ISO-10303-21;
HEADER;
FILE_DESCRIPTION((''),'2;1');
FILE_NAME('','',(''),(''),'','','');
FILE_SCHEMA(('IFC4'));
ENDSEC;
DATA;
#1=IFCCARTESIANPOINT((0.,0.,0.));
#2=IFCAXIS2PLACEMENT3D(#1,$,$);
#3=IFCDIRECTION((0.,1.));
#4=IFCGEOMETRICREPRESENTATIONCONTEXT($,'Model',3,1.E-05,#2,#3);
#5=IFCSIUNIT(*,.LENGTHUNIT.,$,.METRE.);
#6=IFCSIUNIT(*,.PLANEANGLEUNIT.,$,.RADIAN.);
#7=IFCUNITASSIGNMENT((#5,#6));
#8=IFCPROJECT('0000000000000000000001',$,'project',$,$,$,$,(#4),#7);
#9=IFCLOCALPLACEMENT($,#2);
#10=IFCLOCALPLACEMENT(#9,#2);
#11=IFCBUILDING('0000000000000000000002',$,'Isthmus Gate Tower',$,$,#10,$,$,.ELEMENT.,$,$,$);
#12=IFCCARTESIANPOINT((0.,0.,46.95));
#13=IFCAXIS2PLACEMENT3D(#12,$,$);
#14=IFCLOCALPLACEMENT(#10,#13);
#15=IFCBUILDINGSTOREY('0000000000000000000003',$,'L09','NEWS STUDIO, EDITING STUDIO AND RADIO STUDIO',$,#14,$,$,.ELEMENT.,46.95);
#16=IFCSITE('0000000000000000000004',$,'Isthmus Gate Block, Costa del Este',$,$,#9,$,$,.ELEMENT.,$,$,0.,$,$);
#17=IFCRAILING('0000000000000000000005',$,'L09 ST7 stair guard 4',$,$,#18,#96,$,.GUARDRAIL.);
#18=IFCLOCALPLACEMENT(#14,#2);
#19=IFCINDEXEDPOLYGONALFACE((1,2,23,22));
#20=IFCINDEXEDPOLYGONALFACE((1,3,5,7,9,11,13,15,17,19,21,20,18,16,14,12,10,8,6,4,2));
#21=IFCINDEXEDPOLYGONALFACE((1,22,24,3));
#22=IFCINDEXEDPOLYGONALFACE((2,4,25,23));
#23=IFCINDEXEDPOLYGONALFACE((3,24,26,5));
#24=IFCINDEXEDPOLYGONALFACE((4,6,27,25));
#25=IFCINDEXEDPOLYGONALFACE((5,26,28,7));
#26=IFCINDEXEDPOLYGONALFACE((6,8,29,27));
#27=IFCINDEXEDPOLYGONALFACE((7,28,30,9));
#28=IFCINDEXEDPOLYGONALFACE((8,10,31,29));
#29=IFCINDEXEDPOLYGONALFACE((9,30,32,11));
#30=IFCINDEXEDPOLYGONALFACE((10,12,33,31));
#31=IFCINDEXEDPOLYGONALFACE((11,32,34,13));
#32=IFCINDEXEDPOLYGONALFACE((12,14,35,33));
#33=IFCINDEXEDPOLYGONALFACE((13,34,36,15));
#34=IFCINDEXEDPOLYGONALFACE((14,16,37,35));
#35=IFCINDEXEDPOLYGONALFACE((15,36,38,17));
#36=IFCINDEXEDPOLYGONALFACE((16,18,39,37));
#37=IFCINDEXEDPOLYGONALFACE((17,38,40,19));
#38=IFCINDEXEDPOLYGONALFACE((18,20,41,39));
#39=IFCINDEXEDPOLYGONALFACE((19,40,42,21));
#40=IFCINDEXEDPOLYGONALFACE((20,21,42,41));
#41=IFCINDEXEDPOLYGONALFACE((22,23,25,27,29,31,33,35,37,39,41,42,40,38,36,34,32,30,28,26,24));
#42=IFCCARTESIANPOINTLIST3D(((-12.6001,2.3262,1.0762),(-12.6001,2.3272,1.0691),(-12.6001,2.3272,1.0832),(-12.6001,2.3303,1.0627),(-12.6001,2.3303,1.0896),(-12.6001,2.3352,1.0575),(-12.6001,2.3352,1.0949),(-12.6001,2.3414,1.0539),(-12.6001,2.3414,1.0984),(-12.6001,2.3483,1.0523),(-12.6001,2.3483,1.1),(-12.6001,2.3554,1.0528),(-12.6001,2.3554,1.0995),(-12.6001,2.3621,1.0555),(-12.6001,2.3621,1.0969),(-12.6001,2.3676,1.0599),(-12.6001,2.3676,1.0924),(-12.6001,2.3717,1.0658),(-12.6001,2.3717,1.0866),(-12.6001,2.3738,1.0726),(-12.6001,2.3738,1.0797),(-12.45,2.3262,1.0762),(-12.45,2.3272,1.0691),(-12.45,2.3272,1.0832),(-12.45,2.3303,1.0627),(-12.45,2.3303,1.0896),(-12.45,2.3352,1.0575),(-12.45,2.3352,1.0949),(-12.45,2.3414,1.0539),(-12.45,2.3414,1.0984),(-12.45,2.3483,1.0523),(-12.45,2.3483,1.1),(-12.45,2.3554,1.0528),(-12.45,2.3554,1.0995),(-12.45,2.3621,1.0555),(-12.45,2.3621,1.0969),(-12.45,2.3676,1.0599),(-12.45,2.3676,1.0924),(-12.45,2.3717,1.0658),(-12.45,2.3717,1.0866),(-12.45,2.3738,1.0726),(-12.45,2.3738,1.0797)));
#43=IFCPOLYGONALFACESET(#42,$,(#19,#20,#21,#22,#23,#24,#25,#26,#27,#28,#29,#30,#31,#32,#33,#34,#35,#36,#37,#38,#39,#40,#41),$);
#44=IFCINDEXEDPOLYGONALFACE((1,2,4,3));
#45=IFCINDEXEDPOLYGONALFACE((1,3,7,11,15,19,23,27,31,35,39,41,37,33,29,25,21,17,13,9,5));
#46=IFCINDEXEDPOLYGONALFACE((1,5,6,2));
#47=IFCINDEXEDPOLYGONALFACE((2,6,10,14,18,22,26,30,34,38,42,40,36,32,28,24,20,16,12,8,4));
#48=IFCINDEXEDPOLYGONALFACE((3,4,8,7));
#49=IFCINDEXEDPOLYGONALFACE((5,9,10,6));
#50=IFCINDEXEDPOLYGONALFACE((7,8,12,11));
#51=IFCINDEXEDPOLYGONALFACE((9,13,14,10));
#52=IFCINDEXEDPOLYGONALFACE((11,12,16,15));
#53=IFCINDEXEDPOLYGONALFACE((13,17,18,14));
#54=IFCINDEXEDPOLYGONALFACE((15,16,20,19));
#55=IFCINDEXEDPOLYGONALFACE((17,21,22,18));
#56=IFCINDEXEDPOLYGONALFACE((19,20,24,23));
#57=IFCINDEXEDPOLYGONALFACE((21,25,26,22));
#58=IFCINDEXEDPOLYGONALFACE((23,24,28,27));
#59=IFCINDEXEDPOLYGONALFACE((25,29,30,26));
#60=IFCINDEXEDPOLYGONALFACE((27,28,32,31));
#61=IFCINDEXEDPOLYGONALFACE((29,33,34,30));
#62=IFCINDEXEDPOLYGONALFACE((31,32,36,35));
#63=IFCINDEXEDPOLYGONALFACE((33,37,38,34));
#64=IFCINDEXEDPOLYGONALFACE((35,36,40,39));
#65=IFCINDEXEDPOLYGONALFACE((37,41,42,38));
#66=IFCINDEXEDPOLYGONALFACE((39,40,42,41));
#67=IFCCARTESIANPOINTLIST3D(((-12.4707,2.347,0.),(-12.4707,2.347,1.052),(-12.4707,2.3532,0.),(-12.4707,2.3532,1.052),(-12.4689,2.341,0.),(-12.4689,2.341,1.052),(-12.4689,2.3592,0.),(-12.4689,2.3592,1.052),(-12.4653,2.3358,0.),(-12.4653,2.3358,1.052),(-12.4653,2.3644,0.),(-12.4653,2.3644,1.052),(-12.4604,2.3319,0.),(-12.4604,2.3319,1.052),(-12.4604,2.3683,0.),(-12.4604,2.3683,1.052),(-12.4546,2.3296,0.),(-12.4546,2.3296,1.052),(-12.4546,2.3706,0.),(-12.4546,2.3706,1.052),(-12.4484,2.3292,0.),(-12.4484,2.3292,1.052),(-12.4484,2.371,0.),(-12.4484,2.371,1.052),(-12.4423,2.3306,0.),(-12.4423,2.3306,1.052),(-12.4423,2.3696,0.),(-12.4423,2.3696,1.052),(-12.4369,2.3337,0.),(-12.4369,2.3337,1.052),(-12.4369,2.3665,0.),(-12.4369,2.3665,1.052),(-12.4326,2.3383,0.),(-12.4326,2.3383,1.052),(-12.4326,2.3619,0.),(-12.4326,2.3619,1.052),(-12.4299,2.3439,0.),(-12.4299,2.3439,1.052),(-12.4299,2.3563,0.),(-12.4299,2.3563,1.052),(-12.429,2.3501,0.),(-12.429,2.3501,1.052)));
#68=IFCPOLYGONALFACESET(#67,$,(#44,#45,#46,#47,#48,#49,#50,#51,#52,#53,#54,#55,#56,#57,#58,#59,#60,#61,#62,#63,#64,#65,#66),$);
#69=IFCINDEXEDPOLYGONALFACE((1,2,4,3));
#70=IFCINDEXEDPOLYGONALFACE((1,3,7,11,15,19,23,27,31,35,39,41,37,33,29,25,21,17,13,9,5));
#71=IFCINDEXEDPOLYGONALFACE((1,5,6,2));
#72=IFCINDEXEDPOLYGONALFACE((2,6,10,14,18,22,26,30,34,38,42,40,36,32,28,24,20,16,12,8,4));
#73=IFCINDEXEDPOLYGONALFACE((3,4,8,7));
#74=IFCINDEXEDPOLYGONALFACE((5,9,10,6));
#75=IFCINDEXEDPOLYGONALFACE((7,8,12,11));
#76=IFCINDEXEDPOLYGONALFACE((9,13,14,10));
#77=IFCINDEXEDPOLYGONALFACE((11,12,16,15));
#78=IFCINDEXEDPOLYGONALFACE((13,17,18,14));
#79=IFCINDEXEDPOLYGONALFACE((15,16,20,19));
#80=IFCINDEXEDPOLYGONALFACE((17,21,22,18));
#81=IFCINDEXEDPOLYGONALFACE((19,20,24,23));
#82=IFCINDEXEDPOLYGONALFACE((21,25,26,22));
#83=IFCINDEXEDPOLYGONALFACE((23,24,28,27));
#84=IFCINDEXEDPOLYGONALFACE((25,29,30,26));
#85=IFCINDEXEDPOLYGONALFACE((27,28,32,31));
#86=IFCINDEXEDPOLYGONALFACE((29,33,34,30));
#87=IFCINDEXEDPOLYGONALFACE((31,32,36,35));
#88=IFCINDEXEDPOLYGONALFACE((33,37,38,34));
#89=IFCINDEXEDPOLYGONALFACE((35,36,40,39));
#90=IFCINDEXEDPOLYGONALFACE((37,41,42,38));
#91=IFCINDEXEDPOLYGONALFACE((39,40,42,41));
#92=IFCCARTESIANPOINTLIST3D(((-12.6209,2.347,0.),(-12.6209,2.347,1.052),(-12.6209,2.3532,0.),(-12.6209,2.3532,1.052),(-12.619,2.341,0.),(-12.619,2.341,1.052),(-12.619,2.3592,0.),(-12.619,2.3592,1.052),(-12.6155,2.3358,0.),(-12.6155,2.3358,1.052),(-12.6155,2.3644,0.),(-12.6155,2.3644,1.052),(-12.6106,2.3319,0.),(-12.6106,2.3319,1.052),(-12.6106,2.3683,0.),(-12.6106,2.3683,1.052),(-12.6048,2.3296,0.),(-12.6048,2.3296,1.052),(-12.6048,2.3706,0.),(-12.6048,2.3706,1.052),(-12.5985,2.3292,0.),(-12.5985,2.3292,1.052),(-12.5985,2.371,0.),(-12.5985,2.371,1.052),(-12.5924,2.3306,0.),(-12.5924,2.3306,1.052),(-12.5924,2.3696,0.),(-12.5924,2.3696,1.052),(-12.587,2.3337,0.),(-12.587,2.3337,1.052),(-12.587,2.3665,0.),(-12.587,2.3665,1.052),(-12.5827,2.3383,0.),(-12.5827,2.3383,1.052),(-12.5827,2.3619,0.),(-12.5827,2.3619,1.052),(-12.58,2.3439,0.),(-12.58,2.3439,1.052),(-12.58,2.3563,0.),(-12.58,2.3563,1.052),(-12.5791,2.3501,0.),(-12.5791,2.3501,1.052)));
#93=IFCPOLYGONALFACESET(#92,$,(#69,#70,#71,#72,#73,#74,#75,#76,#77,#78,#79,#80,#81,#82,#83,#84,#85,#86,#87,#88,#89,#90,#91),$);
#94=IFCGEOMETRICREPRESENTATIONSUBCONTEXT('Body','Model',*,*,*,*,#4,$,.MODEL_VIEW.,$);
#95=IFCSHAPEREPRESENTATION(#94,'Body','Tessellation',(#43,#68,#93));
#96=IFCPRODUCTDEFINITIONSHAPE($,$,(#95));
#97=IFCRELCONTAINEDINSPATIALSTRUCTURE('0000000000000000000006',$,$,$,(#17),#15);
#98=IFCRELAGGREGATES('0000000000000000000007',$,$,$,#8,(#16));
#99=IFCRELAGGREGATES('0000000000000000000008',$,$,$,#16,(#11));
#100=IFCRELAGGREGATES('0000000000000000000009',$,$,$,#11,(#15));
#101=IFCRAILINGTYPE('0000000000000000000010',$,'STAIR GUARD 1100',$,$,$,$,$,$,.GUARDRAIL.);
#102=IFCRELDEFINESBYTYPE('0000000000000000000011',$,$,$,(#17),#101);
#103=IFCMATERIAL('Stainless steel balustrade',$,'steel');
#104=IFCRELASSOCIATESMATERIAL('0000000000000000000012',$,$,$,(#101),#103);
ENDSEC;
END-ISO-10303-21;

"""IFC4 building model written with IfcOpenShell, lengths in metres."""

from ifc_helpers import new_model, si_unit, direction, frame, origin, origin_2d, place, context, subcontext, project, spatial, circle, extrude, material, type_object, element, save


model = new_model("IFC4")

# Units and contexts
model_context = context("Model", 3, precision=1e-05, world=origin(), true_north=direction((0.0, 1.0)))
body_context = subcontext(model_context, "Body", "Model", "MODEL_VIEW")
ifc_project = project(units=[si_unit("LENGTHUNIT", "METRE"), si_unit("PLANEANGLEUNIT", "RADIAN")], contexts=[model_context])

# Site, building, storey
site_placement = place(None, origin())
site = spatial("IfcSite", under=ifc_project, at=site_placement, Name="Isthmus Gate Block, Costa del Este", CompositionType="ELEMENT", RefElevation=0.0)
building_placement = place(site_placement, origin())
building = spatial("IfcBuilding", under=site, at=building_placement, Name="Isthmus Gate Tower", CompositionType="ELEMENT")
storey_placement = place(building_placement, frame((0.0, 0.0, 46.95)))
storey = spatial("IfcBuildingStorey", under=building, at=storey_placement, Name="L09", Description="NEWS STUDIO, EDITING STUDIO AND RADIO STUDIO", CompositionType="ELEMENT", Elevation=46.95)

# Railing
ifc_material_1 = material(Name="Stainless steel balustrade", Category="steel")
railing_type_1 = type_object("IfcRailingType", Name="STAIR GUARD 1100", PredefinedType="GUARDRAIL", material=ifc_material_1)
railing_1_placement = place(storey_placement, frame((-12.45, 2.3501, 0.0)))
element("IfcRailing", 1, at=railing_1_placement, inside=storey, type_object=railing_type_1, Name="L09 ST7 stair guard 4", PredefinedType="GUARDRAIL", context=body_context, shape_type="SweptSolid", body=[
    extrude(circle(Radius=0.0239, at=origin_2d()), frame((0.0, 0.0, 1.0762), z_axis=(-1.0, 0.0, 0.0), x_axis=(0.0, -1.0, 0.0)), (0.0, 0.0, 1.0), 0.1501),
    extrude(circle(Radius=0.021, at=origin_2d()), origin(), (0.0, 0.0, 1.0), 1.052),
    extrude(circle(Radius=0.021, at=origin_2d()), frame((-0.1501, 0.0, 0.0)), (0.0, 0.0, 1.0), 1.052),
])

save(model, "model.ifc")
